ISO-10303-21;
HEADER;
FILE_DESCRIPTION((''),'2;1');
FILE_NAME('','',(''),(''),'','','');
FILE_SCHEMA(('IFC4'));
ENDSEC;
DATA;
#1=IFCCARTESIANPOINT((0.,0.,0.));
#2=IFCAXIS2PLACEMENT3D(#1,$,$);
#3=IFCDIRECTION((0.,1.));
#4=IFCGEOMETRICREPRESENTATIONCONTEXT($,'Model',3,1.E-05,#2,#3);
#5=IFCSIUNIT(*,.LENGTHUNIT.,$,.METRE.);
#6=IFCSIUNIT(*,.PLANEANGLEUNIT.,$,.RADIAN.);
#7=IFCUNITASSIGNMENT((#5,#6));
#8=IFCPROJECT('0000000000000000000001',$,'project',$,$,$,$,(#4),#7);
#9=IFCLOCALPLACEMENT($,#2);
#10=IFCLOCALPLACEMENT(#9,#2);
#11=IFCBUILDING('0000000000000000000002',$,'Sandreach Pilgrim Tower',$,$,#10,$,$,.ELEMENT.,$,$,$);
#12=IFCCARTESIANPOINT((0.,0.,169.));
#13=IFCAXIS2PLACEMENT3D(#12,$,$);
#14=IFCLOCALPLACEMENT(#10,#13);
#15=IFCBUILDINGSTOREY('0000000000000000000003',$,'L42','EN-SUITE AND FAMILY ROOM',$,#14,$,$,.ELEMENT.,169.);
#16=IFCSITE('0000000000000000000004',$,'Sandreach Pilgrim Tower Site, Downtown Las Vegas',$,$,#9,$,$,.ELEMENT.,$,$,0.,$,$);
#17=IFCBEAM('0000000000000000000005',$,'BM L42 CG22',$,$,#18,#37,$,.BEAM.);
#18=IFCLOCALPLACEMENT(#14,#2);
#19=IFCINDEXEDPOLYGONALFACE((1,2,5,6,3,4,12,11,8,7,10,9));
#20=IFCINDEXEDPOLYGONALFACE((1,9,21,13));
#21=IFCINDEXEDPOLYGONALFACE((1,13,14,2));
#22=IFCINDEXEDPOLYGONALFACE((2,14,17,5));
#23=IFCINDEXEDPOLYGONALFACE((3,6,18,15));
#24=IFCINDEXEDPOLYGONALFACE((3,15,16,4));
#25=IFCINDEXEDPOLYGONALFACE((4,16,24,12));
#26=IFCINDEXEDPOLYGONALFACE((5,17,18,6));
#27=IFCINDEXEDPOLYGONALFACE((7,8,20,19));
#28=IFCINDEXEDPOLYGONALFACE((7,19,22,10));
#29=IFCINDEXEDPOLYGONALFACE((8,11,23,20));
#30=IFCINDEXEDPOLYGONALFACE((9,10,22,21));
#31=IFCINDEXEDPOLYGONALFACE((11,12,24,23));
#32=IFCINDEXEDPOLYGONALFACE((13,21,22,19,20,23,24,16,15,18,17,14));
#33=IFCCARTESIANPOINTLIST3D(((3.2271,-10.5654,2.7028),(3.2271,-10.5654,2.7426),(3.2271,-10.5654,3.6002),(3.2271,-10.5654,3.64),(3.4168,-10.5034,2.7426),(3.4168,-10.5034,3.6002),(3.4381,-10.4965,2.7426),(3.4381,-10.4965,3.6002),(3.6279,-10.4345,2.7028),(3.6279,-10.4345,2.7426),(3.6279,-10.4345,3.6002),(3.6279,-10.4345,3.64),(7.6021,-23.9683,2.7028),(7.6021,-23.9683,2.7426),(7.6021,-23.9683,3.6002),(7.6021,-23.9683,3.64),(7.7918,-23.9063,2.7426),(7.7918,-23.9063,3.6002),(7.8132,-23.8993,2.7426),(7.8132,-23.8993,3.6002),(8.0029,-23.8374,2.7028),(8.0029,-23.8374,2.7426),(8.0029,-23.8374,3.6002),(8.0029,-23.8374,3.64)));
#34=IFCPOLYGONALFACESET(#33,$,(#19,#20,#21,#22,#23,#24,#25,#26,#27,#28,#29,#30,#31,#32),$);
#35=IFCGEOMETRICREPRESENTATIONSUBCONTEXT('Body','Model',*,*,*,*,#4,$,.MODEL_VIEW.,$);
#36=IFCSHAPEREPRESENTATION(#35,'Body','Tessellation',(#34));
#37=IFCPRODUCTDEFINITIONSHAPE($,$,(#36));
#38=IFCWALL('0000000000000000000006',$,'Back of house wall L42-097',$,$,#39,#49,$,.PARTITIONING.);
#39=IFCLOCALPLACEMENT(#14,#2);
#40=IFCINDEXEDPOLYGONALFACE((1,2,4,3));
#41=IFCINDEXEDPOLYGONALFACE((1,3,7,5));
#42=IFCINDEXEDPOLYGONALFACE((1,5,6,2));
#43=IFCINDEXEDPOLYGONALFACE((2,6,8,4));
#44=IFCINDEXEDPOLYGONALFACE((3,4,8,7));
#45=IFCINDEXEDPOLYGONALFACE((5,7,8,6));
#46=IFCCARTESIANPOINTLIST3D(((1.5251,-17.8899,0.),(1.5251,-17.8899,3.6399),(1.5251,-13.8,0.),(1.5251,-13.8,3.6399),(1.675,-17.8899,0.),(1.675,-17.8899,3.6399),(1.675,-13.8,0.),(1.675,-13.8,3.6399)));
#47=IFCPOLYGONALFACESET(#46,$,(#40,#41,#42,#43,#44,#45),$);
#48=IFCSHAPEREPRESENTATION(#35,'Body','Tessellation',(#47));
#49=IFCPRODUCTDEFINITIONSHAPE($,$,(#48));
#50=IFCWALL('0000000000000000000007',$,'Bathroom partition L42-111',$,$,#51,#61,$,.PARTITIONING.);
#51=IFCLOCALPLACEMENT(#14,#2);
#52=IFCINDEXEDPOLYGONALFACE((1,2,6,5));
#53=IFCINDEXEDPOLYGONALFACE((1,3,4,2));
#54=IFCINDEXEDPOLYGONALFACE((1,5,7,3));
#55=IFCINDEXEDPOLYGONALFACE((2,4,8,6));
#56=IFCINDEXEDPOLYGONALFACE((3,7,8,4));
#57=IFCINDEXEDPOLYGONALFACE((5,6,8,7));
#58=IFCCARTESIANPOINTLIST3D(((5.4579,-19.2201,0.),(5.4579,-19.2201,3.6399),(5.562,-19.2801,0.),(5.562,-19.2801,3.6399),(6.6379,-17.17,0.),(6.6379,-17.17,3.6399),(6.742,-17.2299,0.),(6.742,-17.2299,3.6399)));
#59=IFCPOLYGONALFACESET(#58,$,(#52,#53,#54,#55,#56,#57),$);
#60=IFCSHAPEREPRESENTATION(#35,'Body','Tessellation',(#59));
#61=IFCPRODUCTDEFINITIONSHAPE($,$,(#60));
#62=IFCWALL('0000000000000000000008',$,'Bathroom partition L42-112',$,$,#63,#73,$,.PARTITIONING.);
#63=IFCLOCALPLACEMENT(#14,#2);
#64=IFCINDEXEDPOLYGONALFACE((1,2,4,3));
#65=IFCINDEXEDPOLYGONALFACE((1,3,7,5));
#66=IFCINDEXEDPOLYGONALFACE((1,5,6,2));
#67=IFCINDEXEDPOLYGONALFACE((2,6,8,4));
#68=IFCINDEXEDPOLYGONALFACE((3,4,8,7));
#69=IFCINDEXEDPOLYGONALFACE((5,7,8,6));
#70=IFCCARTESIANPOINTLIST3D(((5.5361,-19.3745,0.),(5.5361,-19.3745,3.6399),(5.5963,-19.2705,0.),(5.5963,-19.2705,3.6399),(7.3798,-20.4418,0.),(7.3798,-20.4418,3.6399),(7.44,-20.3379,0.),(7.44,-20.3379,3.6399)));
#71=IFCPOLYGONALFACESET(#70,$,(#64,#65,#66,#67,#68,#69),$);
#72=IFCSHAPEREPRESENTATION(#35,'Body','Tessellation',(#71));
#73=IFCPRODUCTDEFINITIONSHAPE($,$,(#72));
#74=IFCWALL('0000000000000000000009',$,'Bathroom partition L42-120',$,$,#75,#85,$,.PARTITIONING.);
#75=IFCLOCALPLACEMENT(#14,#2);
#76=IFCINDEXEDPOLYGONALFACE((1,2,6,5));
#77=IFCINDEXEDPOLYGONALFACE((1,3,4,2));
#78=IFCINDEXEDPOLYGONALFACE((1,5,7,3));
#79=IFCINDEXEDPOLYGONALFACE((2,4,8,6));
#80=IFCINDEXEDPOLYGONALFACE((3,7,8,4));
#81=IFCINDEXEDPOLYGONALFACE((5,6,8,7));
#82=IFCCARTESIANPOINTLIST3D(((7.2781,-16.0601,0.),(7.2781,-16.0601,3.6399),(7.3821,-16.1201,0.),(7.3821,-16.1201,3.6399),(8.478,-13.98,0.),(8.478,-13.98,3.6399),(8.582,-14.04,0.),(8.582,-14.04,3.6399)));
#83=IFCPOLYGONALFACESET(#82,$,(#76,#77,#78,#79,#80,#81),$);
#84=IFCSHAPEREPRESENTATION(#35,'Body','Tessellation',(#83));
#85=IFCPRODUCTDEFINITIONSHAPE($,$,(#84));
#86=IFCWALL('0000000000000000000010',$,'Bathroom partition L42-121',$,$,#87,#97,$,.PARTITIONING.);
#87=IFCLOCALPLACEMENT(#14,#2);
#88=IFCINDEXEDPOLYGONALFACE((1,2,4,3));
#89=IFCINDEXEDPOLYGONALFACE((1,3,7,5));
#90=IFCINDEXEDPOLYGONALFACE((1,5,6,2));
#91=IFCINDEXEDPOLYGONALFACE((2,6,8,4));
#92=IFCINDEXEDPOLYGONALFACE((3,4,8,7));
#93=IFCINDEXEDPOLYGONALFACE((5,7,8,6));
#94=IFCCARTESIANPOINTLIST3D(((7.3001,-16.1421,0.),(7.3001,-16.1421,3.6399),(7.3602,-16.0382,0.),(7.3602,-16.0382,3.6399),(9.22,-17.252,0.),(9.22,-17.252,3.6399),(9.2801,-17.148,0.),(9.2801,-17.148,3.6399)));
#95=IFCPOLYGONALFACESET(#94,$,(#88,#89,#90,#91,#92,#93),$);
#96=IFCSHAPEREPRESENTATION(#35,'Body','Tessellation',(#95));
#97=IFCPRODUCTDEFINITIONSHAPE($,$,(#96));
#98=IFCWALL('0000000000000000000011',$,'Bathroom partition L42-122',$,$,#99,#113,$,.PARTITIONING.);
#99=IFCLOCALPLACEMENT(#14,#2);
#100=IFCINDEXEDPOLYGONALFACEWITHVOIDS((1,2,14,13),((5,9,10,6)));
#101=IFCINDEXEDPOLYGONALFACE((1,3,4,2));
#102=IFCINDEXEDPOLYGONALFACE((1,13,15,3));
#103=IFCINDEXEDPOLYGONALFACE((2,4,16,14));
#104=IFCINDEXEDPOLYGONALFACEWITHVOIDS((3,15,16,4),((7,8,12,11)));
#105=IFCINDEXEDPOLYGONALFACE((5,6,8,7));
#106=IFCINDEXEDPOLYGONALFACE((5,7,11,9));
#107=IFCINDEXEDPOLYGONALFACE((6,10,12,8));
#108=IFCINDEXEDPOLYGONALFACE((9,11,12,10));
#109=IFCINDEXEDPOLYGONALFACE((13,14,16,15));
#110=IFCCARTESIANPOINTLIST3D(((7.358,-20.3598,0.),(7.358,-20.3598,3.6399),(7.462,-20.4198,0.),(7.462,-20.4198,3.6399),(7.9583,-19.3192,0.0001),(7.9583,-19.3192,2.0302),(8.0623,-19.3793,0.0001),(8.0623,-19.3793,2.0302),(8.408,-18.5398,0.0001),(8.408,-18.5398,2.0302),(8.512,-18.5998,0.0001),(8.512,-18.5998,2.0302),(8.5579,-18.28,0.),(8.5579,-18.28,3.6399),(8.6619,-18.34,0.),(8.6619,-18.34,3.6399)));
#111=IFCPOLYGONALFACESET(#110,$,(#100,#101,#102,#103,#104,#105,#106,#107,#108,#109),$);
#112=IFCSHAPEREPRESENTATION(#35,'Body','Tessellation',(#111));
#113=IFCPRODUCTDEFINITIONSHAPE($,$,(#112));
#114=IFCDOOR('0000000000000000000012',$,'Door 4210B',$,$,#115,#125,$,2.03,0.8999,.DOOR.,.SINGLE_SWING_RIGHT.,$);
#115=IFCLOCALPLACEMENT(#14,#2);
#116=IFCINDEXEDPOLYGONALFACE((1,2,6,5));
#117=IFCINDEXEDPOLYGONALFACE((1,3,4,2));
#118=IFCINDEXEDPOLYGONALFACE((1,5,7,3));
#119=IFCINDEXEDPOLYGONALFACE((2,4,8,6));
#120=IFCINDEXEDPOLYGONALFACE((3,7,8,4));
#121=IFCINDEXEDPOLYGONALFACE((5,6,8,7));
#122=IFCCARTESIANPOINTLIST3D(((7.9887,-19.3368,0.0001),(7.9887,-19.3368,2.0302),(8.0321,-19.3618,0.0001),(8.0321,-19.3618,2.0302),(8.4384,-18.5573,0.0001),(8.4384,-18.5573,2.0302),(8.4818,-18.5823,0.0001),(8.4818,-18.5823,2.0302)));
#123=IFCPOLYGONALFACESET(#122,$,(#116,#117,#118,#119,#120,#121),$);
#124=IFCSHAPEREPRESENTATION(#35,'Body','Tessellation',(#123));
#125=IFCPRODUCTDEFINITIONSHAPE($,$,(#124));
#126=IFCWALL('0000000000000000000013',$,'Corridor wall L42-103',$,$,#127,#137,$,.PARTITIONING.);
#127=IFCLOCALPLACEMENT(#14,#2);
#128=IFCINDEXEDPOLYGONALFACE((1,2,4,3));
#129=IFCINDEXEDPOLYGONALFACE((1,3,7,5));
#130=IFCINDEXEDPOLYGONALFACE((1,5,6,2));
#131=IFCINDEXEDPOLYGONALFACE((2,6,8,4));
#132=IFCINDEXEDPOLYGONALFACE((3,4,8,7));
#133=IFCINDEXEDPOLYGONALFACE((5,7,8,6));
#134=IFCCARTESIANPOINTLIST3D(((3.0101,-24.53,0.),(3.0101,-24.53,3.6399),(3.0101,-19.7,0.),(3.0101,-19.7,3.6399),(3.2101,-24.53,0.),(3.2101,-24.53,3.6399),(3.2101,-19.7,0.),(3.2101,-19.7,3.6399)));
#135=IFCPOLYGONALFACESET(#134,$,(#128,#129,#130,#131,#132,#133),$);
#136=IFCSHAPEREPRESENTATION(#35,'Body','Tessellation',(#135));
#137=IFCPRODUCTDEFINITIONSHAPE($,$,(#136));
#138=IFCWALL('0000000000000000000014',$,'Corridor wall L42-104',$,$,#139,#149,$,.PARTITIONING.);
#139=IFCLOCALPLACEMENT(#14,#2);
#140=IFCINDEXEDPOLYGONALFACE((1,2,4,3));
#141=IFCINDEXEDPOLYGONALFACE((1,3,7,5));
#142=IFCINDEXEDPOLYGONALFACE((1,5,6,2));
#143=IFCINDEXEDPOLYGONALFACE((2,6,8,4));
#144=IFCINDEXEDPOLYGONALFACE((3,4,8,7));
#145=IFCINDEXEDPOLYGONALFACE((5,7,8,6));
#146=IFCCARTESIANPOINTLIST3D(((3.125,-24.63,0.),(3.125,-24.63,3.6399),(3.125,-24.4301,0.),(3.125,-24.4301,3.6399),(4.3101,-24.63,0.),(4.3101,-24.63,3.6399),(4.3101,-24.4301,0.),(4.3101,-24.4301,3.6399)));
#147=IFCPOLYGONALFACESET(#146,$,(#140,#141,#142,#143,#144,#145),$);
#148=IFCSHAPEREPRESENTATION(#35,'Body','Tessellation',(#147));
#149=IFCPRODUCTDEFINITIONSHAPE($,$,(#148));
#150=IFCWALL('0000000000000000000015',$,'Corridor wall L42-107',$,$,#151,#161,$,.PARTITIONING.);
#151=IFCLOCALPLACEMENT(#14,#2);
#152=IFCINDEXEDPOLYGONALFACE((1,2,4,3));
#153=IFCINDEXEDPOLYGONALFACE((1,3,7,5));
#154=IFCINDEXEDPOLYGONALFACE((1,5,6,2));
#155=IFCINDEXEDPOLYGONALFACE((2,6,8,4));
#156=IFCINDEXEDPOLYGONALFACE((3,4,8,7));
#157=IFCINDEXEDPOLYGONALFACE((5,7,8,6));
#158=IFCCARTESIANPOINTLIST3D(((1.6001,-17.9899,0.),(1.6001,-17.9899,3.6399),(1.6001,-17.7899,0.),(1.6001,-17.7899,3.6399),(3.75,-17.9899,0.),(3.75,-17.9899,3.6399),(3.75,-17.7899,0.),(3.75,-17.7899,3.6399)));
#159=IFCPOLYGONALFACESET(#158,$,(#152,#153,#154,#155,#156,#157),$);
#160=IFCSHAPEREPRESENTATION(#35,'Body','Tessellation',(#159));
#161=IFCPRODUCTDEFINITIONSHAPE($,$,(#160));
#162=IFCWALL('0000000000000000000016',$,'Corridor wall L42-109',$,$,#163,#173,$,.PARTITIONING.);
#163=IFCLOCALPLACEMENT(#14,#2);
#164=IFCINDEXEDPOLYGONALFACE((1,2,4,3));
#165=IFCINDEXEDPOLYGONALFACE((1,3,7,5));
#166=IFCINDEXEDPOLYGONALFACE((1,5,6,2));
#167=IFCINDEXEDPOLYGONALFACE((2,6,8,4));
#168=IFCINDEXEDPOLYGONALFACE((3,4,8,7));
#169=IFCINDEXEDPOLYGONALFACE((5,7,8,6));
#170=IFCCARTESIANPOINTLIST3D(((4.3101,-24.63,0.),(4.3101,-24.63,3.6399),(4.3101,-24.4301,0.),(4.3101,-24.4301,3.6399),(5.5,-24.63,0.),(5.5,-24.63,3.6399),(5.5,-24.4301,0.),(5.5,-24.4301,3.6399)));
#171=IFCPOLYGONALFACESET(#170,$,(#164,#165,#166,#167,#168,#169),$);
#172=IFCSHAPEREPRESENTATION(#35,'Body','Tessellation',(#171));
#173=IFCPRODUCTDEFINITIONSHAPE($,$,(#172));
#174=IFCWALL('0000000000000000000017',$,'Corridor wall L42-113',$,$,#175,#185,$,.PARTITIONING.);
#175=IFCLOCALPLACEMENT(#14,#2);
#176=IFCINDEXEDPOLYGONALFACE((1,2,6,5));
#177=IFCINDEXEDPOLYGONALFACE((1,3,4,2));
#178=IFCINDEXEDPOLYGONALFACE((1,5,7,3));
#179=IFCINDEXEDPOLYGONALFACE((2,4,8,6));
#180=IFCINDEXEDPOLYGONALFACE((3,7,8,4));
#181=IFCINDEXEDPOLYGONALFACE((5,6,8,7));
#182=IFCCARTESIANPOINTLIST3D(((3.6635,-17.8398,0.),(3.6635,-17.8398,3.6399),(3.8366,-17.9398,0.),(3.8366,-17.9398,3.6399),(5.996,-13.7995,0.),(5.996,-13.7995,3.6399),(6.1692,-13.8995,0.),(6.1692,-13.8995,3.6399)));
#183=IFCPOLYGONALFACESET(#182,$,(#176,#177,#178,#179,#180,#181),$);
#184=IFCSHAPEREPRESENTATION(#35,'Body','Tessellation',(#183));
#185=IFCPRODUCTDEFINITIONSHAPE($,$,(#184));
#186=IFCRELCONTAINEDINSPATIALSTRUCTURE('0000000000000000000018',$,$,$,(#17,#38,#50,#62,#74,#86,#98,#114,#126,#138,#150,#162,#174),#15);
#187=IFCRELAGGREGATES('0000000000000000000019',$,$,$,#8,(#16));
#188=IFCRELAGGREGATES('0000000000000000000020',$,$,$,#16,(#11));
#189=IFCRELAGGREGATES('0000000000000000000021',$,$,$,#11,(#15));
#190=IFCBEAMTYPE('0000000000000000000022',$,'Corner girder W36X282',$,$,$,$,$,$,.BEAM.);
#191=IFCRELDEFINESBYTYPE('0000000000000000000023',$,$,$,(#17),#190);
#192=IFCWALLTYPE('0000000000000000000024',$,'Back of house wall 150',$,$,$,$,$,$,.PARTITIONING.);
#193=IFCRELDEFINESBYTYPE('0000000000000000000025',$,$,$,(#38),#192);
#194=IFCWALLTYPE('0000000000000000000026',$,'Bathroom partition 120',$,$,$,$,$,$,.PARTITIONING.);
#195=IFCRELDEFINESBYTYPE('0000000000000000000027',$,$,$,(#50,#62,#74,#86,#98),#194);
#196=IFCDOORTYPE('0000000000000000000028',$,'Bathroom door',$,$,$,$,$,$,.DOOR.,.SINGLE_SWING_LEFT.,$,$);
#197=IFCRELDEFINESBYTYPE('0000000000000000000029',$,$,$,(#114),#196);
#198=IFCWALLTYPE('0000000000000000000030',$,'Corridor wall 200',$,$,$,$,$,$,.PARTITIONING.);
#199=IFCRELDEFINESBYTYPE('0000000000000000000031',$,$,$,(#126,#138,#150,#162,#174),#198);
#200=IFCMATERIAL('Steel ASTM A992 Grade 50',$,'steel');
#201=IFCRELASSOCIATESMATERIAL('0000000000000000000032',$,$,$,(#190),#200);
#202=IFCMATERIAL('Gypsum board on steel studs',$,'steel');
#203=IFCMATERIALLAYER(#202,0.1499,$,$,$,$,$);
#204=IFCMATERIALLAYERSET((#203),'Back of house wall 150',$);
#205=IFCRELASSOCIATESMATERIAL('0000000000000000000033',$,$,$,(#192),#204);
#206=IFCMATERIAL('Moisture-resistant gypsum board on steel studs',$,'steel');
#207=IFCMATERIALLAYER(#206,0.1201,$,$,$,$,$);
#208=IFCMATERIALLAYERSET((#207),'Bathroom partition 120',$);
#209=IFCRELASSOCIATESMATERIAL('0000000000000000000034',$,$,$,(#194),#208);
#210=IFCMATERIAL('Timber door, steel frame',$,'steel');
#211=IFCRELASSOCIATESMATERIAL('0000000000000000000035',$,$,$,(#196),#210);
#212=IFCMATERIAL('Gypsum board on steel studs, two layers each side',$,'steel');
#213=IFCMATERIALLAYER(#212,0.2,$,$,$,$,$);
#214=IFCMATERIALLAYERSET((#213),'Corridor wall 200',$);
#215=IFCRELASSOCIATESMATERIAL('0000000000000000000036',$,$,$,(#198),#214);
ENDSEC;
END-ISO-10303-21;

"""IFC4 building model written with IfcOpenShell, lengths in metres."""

from ifc_helpers import new_model, si_unit, direction, frame, frame_2d, origin, origin_2d, place, context, subcontext, project, spatial, rectangle, i_section, extrude, material, layer, layer_set, material_profile, profile_set, type_object, element, fill, save


model = new_model("IFC4")

# Units and contexts
model_context = context("Model", 3, precision=1e-05, world=origin(), true_north=direction((0.0, 1.0)))
body_context = subcontext(model_context, "Body", "Model", "MODEL_VIEW")
ifc_project = project(units=[si_unit("LENGTHUNIT", "METRE"), si_unit("PLANEANGLEUNIT", "RADIAN")], contexts=[model_context])

# Site, building, storey
site_placement = place(None, origin())
site = spatial("IfcSite", under=ifc_project, at=site_placement, Name="Sandreach Pilgrim Tower Site, Downtown Las Vegas", CompositionType="ELEMENT", RefElevation=0.0)
building_placement = place(site_placement, origin())
building = spatial("IfcBuilding", under=site, at=building_placement, Name="Sandreach Pilgrim Tower", CompositionType="ELEMENT")
storey_placement = place(building_placement, frame((0.0, 0.0, 169.0)))
storey = spatial("IfcBuildingStorey", under=building, at=storey_placement, Name="L42", Description="EN-SUITE AND FAMILY ROOM", CompositionType="ELEMENT", Elevation=169.0)

# Beam
ifc_material_1 = material(Name="Steel ASTM A992 Grade 50", Category="steel")
ifc_material_profile = material_profile(ifc_material_1, i_section(OverallWidth=0.4216, OverallDepth=0.9373, WebThickness=0.0225, FlangeThickness=0.0398, at=origin_2d()), Name="W36X282")
ifc_profile_set = profile_set([ifc_material_profile], Name="Steel ASTM A992 Grade 50")
beam_type = type_object("IfcBeamType", Name="Corner girder W36X282", PredefinedType="BEAM", material=ifc_profile_set)
beam_placement = place(storey_placement, frame((7.8025, -23.9028, 3.1714), z_axis=(-0.31031, 0.950635, 0.0), x_axis=(-0.950635, -0.31031, 0.0)))
element("IfcBeam", 1, at=beam_placement, inside=storey, type_object=beam_type, Name="BM L42 CG22", PredefinedType="BEAM", context=body_context, shape_type="SweptSolid", body=[
    extrude(i_section(OverallWidth=0.4216, OverallDepth=0.9373, WebThickness=0.0225, FlangeThickness=0.0398, at=origin_2d()), origin(), (0.0, 0.0, 1.0), 14.0989),
])

# Walls
ifc_material_2 = material(Name="Gypsum board on steel studs", Category="steel")
ifc_layer_1 = layer(ifc_material_2, 0.1499)
ifc_layer_set_1 = layer_set([ifc_layer_1], Name="Back of house wall 150")
wall_type_1 = type_object("IfcWallType", Name="Back of house wall 150", PredefinedType="PARTITIONING", material=ifc_layer_set_1)
wall_1_placement = place(storey_placement, frame((1.6001, -13.8, 0.0), z_axis=(0.0, 0.0, 1.0), x_axis=(0.0, -1.0, 0.0)))
element("IfcWall", 2, at=wall_1_placement, inside=storey, type_object=wall_type_1, Name="Back of house wall L42-097", PredefinedType="PARTITIONING", context=body_context, shape_type="SweptSolid", body=[
    extrude(rectangle(XDim=4.0898, YDim=0.1499, at=frame_2d((2.0449, 0.0))), origin(), (0.0, 0.0, 1.0), 3.6399),
])
ifc_material_3 = material(Name="Moisture-resistant gypsum board on steel studs", Category="steel")
ifc_layer_2 = layer(ifc_material_3, 0.1201)
ifc_layer_set_2 = layer_set([ifc_layer_2], Name="Bathroom partition 120")
wall_type_2 = type_object("IfcWallType", Name="Bathroom partition 120", PredefinedType="PARTITIONING", material=ifc_layer_set_2)
wall_2_placement = place(storey_placement, frame((5.51, -19.25, 0.0), z_axis=(0.0, 0.0, 1.0), x_axis=(0.498838, 0.866695, 0.0)))
element("IfcWall", 3, at=wall_2_placement, inside=storey, type_object=wall_type_2, Name="Bathroom partition L42-111", PredefinedType="PARTITIONING", context=body_context, shape_type="SweptSolid", body=[
    extrude(rectangle(XDim=2.3655, YDim=0.1201, at=frame_2d((1.1826, 0.0))), origin(), (0.0, 0.0, 1.0), 3.6399),
])
wall_3_placement = place(storey_placement, frame((5.5662, -19.3225, 0.0), z_axis=(0.0, 0.0, 1.0), x_axis=(0.865437, -0.501018, 0.0)))
element("IfcWall", 4, at=wall_3_placement, inside=storey, type_object=wall_type_2, Name="Bathroom partition L42-112", PredefinedType="PARTITIONING", context=body_context, shape_type="SweptSolid", body=[
    extrude(rectangle(XDim=2.1304, YDim=0.1201, at=frame_2d((1.0652, 0.0))), origin(), (0.0, 0.0, 1.0), 3.6399),
])
wall_4_placement = place(storey_placement, frame((7.3301, -16.0901, 0.0), z_axis=(0.0, 0.0, 1.0), x_axis=(0.499693, 0.866203, 0.0)))
element("IfcWall", 5, at=wall_4_placement, inside=storey, type_object=wall_type_2, Name="Bathroom partition L42-120", PredefinedType="PARTITIONING", context=body_context, shape_type="SweptSolid", body=[
    extrude(rectangle(XDim=2.4014, YDim=0.1201, at=frame_2d((1.2007, 0.0))), origin(), (0.0, 0.0, 1.0), 3.6399),
])
wall_5_placement = place(storey_placement, frame((7.3301, -16.0901, 0.0), z_axis=(0.0, 0.0, 1.0), x_axis=(0.865753, -0.500472, 0.0)))
element("IfcWall", 6, at=wall_5_placement, inside=storey, type_object=wall_type_2, Name="Bathroom partition L42-121", PredefinedType="PARTITIONING", context=body_context, shape_type="SweptSolid", body=[
    extrude(rectangle(XDim=2.2175, YDim=0.1201, at=frame_2d((1.1089, 0.0))), origin(), (0.0, 0.0, 1.0), 3.6399),
])

# Wall, opening, door
wall_6_placement = place(storey_placement, frame((7.4099, -20.3899, 0.0), z_axis=(0.0, 0.0, 1.0), x_axis=(0.499737, 0.866177, 0.0)))
wall_6 = element("IfcWall", 7, at=wall_6_placement, inside=storey, type_object=wall_type_2, Name="Bathroom partition L42-122", PredefinedType="PARTITIONING", context=body_context, shape_type="SweptSolid", body=[
    extrude(rectangle(XDim=2.4011, YDim=0.1201, at=frame_2d((1.2007, 0.0))), origin(), (0.0, 0.0, 1.0), 3.6399),
])
opening_1_placement = place(wall_6_placement, frame((1.2014, 0.0, 0.0)))
opening_1 = element("IfcOpeningElement", 8, at=opening_1_placement, cuts=wall_6, PredefinedType="OPENING", context=body_context, shape_type="SweptSolid", body=[
    extrude(rectangle(XDim=0.8999, YDim=2.03, at=frame_2d((0.45, 1.0151))), frame((0.0, 0.0601, 0.0), z_axis=(0.0, -1.0, 0.0), x_axis=(1.0, 0.0, 0.0)), (0.0, 0.0, 1.0), 0.1201),
])
ifc_material_4 = material(Name="Timber door, steel frame", Category="steel")
door_type_1 = type_object("IfcDoorType", Name="Bathroom door", OperationType="SINGLE_SWING_LEFT", PredefinedType="DOOR", material=ifc_material_4)
door_1_placement = place(opening_1_placement, origin())
door_1 = element("IfcDoor", 9, at=door_1_placement, inside=storey, type_object=door_type_1, Name="Door 4210B", OperationType="SINGLE_SWING_RIGHT", OverallHeight=2.03, OverallWidth=0.8999, PredefinedType="DOOR", context=body_context, shape_type="SweptSolid", body=[
    extrude(rectangle(XDim=0.8999, YDim=2.03, at=frame_2d((0.45, 1.0151))), frame((0.0, 0.0249, 0.0), z_axis=(0.0, -1.0, 0.0), x_axis=(1.0, 0.0, 0.0)), (0.0, 0.0, 1.0), 0.05),
])
fill(opening_1, door_1)
ifc_material_5 = material(Name="Gypsum board on steel studs, two layers each side", Category="steel")
ifc_layer_3 = layer(ifc_material_5, 0.2)
ifc_layer_set_3 = layer_set([ifc_layer_3], Name="Corridor wall 200")
wall_type_3 = type_object("IfcWallType", Name="Corridor wall 200", PredefinedType="PARTITIONING", material=ifc_layer_set_3)

# Walls
wall_7_placement = place(storey_placement, frame((3.1101, -19.7, 0.0), z_axis=(0.0, 0.0, 1.0), x_axis=(0.0, -1.0, 0.0)))
element("IfcWall", 10, at=wall_7_placement, inside=storey, type_object=wall_type_3, Name="Corridor wall L42-103", PredefinedType="PARTITIONING", context=body_context, shape_type="SweptSolid", body=[
    extrude(rectangle(XDim=4.8301, YDim=0.2, at=frame_2d((2.415, 0.0))), origin(), (0.0, 0.0, 1.0), 3.6399),
])
wall_8_placement = place(storey_placement, frame((3.125, -24.53, 0.0), z_axis=(0.0, 0.0, 1.0), x_axis=(1.0, 0.0, 0.0)))
element("IfcWall", 11, at=wall_8_placement, inside=storey, type_object=wall_type_3, Name="Corridor wall L42-104", PredefinedType="PARTITIONING", context=body_context, shape_type="SweptSolid", body=[
    extrude(rectangle(XDim=1.1851, YDim=0.2, at=frame_2d((0.5925, 0.0))), origin(), (0.0, 0.0, 1.0), 3.6399),
])
wall_9_placement = place(storey_placement, frame((3.75, -17.8899, 0.0), z_axis=(0.0, 0.0, 1.0), x_axis=(-1.0, 0.0, 0.0)))
element("IfcWall", 12, at=wall_9_placement, inside=storey, type_object=wall_type_3, Name="Corridor wall L42-107", PredefinedType="PARTITIONING", context=body_context, shape_type="SweptSolid", body=[
    extrude(rectangle(XDim=2.1499, YDim=0.2, at=frame_2d((1.075, 0.0))), origin(), (0.0, 0.0, 1.0), 3.6399),
])
wall_10_placement = place(storey_placement, frame((4.3101, -24.53, 0.0), z_axis=(0.0, 0.0, 1.0), x_axis=(1.0, 0.0, 0.0)))
element("IfcWall", 13, at=wall_10_placement, inside=storey, type_object=wall_type_3, Name="Corridor wall L42-109", PredefinedType="PARTITIONING", context=body_context, shape_type="SweptSolid", body=[
    extrude(rectangle(XDim=1.1899, YDim=0.2, at=frame_2d((0.595, 0.0))), origin(), (0.0, 0.0, 1.0), 3.6399),
])

# Wall
wall_11_placement = place(storey_placement, frame((6.0825, -13.8496, 0.0), z_axis=(0.0, 0.0, 1.0), x_axis=(-0.499978, -0.866038, 0.0)))
element("IfcWall", 14, at=wall_11_placement, inside=storey, type_object=wall_type_3, Name="Corridor wall L42-113", PredefinedType="PARTITIONING", context=body_context, shape_type="SweptSolid", body=[
    extrude(rectangle(XDim=4.6653, YDim=0.2, at=frame_2d((2.3325, 0.0))), origin(), (0.0, 0.0, 1.0), 3.6399),
])

save(model, "model.ifc")
